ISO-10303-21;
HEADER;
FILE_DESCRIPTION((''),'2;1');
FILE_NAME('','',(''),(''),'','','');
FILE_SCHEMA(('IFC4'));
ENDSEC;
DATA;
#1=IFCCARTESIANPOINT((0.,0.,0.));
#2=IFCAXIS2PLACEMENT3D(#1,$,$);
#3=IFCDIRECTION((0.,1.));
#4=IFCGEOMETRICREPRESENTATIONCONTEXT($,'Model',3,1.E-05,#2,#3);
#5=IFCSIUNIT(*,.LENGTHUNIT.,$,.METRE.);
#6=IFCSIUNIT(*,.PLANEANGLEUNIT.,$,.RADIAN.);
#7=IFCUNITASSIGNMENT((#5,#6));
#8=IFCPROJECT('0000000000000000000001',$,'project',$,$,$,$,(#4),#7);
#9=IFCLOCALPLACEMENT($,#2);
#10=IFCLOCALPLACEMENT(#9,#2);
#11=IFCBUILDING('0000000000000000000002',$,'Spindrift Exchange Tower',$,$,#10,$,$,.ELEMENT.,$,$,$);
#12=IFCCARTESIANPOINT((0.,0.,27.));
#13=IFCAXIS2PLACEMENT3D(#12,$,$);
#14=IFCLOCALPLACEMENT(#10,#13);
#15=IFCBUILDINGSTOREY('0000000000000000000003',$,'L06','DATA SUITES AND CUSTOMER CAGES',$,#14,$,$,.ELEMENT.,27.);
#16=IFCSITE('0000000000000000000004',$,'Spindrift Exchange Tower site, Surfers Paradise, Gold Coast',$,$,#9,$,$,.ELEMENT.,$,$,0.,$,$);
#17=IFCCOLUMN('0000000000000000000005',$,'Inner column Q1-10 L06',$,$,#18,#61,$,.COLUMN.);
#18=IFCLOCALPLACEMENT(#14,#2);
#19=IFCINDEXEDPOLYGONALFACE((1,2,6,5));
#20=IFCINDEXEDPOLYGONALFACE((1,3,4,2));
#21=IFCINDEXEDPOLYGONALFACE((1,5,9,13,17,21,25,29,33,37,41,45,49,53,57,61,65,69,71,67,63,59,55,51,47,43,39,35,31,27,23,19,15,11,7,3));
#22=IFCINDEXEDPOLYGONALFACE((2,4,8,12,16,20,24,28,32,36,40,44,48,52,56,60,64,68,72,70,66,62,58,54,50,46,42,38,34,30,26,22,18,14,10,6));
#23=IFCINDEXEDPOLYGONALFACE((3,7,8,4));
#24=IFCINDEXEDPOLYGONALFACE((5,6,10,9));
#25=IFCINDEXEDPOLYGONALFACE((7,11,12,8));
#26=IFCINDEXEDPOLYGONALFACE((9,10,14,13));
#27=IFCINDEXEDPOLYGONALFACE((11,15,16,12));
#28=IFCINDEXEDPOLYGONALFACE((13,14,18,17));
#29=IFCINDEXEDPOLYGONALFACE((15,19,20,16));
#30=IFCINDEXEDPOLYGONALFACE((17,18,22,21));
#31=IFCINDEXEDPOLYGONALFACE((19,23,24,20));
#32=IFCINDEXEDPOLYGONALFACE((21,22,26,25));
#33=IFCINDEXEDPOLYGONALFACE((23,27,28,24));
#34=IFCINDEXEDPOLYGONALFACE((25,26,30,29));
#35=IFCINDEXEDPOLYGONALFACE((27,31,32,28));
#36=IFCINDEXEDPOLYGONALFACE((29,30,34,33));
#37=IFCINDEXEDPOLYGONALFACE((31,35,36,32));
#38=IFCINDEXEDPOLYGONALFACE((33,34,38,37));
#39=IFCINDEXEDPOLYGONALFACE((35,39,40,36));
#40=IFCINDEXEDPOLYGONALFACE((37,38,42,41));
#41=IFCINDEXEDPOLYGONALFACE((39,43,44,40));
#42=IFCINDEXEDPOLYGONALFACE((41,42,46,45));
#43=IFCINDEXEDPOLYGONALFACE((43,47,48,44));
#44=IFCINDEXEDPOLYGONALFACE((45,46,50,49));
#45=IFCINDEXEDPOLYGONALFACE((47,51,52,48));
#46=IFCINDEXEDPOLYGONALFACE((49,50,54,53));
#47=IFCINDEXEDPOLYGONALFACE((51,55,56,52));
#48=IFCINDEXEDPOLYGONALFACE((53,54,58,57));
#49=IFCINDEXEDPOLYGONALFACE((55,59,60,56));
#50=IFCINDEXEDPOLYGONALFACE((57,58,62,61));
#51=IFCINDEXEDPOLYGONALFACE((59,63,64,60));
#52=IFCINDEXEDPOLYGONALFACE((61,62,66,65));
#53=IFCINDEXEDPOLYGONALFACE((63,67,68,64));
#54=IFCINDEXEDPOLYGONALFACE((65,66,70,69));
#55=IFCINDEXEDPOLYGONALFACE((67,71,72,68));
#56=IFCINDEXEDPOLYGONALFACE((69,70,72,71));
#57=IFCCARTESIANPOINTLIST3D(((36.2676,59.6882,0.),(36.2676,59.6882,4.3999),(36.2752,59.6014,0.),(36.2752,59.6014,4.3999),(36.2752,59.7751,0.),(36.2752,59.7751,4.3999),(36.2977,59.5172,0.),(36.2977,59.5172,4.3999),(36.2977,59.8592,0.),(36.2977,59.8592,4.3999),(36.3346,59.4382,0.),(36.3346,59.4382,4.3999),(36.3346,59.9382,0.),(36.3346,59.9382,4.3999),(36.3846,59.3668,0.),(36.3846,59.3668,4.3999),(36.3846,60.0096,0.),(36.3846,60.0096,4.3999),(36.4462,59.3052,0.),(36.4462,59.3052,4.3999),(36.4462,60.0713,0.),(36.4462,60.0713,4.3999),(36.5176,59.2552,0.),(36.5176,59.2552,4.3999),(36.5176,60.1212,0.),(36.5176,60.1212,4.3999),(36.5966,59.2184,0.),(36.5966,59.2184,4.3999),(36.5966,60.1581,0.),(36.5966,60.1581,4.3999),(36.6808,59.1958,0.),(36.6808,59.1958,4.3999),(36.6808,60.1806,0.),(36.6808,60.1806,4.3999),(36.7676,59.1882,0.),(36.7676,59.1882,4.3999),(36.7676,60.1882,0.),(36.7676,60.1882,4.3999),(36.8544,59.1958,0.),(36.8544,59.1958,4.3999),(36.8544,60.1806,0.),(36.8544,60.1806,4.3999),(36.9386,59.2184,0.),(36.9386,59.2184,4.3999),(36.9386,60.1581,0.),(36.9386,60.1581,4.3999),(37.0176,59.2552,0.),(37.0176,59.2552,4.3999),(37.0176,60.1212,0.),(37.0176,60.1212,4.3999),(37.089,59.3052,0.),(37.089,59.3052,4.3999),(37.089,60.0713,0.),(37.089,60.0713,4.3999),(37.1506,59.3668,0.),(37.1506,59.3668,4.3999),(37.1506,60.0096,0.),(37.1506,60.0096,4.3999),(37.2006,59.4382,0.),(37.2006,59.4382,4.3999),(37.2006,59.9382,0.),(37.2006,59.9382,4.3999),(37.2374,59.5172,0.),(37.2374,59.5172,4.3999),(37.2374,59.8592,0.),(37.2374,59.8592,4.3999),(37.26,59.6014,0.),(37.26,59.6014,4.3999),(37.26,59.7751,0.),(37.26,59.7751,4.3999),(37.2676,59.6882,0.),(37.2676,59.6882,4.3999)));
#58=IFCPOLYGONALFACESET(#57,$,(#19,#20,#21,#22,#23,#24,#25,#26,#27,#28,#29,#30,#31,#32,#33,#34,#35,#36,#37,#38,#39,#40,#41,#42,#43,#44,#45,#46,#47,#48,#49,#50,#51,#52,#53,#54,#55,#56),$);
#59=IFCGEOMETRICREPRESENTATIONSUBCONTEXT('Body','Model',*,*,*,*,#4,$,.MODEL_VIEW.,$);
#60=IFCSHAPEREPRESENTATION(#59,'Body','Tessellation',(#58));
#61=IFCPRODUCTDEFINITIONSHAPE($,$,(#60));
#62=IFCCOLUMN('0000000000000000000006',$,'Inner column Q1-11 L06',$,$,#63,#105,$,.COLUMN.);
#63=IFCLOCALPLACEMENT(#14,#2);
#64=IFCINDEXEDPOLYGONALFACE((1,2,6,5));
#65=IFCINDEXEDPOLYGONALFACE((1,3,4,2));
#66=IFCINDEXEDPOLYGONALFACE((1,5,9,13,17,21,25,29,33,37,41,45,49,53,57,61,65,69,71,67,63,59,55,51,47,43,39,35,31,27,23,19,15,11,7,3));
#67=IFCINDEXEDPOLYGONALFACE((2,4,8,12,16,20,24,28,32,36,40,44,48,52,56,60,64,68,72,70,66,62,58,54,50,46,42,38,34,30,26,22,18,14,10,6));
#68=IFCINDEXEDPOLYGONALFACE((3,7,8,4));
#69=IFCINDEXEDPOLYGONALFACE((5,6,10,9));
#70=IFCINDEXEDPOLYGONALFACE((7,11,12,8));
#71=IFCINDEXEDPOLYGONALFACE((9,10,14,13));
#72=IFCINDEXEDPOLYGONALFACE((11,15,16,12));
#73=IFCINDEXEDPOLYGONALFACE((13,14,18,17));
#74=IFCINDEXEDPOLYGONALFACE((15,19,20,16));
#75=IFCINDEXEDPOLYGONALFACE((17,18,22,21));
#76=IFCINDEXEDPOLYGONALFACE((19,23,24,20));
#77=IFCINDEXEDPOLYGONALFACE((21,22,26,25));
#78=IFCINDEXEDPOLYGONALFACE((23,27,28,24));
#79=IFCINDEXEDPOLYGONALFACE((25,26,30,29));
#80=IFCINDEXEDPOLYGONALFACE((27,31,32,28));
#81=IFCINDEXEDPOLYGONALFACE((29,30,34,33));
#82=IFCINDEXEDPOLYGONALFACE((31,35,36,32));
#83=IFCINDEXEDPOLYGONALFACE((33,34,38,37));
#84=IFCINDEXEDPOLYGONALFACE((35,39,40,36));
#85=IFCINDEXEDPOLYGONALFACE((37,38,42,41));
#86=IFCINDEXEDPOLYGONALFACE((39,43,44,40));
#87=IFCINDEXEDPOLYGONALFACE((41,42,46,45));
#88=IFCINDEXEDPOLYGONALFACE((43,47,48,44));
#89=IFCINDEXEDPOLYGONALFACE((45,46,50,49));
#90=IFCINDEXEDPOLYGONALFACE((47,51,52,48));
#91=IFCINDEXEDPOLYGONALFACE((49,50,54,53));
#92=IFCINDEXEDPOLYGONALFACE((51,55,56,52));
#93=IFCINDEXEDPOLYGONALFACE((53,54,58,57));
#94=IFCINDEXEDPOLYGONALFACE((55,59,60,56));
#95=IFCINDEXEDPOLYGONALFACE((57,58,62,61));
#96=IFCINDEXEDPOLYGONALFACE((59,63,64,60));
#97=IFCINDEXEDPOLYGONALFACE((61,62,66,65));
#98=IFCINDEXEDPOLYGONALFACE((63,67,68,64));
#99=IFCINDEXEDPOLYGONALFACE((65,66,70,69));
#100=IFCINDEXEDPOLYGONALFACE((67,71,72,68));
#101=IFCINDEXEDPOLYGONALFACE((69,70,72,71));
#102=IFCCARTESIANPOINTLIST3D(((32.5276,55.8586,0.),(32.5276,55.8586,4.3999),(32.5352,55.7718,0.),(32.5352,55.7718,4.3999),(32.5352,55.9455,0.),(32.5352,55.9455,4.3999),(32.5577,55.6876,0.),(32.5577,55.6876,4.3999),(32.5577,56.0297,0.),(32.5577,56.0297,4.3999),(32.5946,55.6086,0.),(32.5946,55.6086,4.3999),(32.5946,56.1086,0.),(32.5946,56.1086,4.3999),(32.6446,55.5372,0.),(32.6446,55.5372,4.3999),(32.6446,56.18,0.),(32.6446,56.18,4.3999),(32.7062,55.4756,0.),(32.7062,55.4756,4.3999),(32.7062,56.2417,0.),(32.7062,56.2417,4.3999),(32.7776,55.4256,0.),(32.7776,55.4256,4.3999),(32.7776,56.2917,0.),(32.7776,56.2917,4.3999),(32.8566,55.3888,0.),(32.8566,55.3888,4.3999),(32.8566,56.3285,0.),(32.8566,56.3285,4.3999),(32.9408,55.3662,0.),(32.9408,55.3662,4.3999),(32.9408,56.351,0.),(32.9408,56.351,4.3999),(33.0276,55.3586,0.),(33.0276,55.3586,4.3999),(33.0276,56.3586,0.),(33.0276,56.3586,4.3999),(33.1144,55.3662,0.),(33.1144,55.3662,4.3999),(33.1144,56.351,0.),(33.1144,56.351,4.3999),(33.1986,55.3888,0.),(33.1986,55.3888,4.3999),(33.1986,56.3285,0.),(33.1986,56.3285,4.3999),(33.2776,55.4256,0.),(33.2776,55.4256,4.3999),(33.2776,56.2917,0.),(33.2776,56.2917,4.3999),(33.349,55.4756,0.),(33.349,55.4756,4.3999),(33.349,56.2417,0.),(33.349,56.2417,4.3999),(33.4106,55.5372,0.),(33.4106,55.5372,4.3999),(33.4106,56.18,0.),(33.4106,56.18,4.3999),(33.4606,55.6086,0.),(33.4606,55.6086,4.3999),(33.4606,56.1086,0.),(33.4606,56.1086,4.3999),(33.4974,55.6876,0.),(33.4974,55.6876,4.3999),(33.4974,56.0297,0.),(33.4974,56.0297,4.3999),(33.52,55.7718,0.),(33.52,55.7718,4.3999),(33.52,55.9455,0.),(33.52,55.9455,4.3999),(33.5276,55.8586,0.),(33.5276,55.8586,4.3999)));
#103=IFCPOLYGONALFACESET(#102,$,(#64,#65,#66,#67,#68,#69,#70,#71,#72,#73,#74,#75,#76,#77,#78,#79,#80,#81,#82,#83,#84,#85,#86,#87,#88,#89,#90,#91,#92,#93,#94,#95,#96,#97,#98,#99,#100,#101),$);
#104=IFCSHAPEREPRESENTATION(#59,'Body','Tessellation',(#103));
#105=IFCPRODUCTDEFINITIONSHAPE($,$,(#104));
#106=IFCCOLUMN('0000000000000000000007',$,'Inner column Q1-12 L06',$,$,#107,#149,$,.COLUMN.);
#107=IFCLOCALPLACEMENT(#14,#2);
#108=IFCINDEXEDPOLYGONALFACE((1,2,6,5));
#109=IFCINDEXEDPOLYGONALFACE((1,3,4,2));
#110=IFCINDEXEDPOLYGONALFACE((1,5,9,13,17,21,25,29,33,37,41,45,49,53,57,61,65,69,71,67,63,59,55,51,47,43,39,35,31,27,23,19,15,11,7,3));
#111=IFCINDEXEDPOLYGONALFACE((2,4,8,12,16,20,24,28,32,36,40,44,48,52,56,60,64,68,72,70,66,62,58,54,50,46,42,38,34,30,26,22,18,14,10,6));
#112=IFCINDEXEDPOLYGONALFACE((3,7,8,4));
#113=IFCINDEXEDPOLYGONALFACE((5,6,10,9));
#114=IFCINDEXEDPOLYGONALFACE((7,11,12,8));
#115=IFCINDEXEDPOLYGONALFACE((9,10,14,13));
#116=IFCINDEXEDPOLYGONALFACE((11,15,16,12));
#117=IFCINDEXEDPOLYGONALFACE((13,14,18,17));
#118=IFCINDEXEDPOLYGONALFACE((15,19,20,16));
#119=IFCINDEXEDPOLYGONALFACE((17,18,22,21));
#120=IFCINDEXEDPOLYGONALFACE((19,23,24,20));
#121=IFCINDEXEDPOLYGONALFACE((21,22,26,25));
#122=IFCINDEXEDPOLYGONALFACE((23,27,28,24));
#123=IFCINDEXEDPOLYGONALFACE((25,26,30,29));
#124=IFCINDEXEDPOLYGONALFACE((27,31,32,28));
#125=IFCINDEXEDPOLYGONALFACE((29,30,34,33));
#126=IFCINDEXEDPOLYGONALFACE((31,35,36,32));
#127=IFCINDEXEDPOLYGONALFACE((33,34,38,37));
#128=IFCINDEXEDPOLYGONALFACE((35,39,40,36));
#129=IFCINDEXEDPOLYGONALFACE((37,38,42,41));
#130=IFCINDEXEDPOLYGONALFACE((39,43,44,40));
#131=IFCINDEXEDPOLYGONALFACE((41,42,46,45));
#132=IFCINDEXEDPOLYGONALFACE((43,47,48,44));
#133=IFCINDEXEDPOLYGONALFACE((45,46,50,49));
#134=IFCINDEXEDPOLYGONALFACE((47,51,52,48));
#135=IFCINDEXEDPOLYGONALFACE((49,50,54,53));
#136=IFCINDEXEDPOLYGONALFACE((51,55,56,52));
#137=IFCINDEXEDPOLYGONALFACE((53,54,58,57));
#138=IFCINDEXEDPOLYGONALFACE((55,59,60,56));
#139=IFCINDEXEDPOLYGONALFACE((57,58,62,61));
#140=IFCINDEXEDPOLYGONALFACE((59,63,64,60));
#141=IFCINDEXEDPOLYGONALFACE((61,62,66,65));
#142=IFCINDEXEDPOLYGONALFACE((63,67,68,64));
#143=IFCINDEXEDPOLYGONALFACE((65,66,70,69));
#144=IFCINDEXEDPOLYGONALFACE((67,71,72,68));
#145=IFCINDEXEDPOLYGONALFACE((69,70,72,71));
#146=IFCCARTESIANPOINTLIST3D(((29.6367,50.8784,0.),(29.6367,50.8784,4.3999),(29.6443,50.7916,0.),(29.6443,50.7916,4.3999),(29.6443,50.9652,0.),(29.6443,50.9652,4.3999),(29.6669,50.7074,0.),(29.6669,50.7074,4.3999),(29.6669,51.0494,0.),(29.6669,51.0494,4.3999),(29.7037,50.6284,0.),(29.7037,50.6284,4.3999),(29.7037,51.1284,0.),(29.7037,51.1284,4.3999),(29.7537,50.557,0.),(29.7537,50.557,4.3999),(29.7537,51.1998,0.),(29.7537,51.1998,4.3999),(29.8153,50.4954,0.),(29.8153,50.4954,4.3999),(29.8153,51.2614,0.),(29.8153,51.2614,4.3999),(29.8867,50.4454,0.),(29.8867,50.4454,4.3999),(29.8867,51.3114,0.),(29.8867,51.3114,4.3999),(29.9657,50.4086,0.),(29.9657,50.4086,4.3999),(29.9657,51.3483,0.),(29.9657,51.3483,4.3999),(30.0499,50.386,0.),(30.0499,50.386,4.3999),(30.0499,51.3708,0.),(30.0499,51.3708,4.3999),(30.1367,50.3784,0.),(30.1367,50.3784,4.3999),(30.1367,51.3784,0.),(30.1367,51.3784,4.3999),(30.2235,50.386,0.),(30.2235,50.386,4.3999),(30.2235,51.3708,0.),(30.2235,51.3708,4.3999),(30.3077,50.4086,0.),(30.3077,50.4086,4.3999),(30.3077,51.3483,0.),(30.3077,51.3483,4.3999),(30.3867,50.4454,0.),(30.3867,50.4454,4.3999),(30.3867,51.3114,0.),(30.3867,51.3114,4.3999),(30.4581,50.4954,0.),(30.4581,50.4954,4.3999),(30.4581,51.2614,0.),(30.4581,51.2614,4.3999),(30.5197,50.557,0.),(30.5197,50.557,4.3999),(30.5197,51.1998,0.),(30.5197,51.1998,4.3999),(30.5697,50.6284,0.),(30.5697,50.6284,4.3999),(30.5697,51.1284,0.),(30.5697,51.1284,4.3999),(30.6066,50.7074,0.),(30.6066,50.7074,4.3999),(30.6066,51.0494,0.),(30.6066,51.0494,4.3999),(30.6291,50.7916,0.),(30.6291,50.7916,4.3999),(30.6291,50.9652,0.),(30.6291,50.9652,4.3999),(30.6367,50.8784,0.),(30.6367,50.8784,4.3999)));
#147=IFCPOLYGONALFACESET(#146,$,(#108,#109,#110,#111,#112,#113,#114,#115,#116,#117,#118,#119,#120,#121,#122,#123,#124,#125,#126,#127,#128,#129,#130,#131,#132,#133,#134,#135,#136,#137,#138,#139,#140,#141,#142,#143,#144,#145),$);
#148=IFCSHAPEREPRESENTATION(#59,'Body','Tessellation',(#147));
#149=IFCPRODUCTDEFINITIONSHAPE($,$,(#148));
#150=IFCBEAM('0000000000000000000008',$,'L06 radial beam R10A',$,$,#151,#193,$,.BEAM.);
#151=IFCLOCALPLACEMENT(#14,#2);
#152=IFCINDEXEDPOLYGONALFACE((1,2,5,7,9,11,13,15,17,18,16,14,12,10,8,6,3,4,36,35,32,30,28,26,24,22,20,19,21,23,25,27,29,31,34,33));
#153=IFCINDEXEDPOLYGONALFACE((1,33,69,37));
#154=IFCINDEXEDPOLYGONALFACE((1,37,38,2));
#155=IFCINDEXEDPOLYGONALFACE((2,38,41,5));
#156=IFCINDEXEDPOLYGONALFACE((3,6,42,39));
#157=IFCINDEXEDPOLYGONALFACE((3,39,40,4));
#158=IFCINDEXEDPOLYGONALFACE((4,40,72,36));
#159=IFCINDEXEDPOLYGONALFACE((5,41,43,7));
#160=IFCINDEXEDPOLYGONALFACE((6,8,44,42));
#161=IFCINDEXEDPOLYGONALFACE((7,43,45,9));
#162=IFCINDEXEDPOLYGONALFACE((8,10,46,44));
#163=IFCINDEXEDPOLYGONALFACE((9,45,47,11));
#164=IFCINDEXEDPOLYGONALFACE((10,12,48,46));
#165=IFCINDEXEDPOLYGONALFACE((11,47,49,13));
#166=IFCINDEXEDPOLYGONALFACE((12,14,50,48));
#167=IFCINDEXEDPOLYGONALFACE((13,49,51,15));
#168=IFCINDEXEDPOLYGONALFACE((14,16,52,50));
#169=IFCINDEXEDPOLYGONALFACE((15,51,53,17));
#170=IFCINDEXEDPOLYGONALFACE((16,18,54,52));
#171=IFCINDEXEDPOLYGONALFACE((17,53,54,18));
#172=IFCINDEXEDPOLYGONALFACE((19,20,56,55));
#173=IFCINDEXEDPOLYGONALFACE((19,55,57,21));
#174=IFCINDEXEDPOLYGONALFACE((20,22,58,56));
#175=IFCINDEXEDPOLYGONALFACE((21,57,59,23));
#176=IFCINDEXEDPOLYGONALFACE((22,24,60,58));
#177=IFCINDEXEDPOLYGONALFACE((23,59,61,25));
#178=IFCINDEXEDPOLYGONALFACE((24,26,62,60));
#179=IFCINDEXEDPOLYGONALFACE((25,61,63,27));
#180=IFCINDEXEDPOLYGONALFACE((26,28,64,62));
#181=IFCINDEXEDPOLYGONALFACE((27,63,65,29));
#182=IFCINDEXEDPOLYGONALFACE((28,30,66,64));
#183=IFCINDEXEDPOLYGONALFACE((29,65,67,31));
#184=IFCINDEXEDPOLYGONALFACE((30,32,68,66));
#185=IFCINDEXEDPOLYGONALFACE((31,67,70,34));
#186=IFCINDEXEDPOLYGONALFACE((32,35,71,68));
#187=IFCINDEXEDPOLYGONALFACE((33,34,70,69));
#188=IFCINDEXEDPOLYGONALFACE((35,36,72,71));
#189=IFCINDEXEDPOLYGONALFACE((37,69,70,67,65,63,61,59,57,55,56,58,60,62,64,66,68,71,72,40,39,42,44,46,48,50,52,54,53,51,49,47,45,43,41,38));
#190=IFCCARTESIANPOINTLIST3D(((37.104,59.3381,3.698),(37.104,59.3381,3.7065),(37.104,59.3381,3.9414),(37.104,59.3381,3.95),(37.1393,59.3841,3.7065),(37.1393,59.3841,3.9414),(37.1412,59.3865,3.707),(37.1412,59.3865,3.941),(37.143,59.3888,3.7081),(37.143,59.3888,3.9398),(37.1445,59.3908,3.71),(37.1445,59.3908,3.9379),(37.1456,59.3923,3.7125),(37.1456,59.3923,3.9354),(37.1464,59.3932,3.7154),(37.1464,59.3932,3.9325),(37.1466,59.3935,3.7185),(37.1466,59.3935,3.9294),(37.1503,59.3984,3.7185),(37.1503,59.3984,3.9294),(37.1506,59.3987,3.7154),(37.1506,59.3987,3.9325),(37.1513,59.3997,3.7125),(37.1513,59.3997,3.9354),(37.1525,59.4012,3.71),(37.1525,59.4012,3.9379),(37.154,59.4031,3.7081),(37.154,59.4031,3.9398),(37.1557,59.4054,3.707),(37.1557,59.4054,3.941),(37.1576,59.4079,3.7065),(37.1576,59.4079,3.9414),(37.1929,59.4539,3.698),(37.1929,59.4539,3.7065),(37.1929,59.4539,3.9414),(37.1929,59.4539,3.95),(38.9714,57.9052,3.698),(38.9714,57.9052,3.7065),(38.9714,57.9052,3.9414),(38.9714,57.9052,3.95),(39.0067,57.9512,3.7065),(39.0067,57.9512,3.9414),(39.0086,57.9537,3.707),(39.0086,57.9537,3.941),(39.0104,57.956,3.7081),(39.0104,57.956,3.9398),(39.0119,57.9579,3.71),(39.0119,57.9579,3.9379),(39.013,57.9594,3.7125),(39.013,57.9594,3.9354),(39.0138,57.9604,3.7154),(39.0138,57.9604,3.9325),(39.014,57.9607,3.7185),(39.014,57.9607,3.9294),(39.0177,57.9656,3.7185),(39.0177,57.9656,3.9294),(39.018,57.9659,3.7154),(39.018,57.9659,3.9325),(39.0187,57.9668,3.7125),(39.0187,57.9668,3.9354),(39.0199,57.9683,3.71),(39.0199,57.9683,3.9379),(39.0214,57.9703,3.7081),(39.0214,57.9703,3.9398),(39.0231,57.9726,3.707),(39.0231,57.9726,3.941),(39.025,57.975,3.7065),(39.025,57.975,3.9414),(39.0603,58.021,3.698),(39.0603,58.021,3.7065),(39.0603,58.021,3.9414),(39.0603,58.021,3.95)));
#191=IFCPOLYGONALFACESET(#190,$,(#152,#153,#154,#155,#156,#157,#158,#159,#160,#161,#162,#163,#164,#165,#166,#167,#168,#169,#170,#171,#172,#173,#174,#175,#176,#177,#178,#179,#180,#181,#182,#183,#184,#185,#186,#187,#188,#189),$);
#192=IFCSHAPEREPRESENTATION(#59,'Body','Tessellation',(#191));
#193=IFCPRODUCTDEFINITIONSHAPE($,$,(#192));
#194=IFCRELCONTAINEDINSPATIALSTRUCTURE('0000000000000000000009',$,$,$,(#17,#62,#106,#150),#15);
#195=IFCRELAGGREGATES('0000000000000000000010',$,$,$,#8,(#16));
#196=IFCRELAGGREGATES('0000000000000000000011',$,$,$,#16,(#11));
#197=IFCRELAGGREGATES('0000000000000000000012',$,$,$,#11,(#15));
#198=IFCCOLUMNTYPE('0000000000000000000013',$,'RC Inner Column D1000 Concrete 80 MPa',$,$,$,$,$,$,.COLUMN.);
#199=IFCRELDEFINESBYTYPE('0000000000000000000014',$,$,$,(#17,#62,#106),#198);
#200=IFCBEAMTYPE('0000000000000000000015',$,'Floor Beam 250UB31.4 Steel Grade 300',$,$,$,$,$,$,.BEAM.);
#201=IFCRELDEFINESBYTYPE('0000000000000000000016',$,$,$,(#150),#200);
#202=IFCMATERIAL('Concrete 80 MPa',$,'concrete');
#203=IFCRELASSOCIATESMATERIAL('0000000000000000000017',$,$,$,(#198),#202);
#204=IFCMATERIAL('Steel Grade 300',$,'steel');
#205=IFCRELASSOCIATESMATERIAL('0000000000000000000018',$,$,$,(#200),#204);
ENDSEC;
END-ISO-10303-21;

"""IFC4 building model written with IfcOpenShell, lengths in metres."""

from ifc_helpers import new_model, si_unit, direction, frame, origin, origin_2d, place, context, subcontext, project, spatial, circle, i_section, extrude, source, transform, mapped, material, material_profile, profile_set, type_object, element, save


model = new_model("IFC4")

# Units and contexts
model_context = context("Model", 3, precision=1e-05, world=origin(), true_north=direction((0.0, 1.0)))
body_context = subcontext(model_context, "Body", "Model", "MODEL_VIEW")
ifc_project = project(units=[si_unit("LENGTHUNIT", "METRE"), si_unit("PLANEANGLEUNIT", "RADIAN")], contexts=[model_context])

# Site, building, storey
site_placement = place(None, origin())
site = spatial("IfcSite", under=ifc_project, at=site_placement, Name="Spindrift Exchange Tower site, Surfers Paradise, Gold Coast", CompositionType="ELEMENT", RefElevation=0.0)
building_placement = place(site_placement, origin())
building = spatial("IfcBuilding", under=site, at=building_placement, Name="Spindrift Exchange Tower", CompositionType="ELEMENT")
storey_placement = place(building_placement, frame((0.0, 0.0, 27.0)))
storey = spatial("IfcBuildingStorey", under=building, at=storey_placement, Name="L06", Description="DATA SUITES AND CUSTOMER CAGES", CompositionType="ELEMENT", Elevation=27.0)

# Columns
ifc_material_1 = material(Name="Concrete 80 MPa", Category="concrete")
ifc_material_profile_1 = material_profile(ifc_material_1, circle(Radius=0.5, at=origin_2d()), Name="RC D1000")
ifc_profile_set_1 = profile_set([ifc_material_profile_1], Name="Concrete 80 MPa")
column_type = type_object("IfcColumnType", Name="RC Inner Column D1000 Concrete 80 MPa", PredefinedType="COLUMN", material=ifc_profile_set_1)
shared_shape_1 = source(origin(), body_context, "Body", "SweptSolid", [
    extrude(circle(Radius=0.5, at=origin_2d()), origin(), (0.0, 0.0, 1.0), 4.3999),
])
for number, where, z_axis, x_axis, name in (
    (1, (36.7676, 59.6882, 0.0), (0.0, 0.0, 1.0), (1.0, 0.0, 0.0), "Inner column Q1-10 L06"),
    (2, (33.0276, 55.8586, 0.0), (0.0, 0.0, 1.0), (1.0, 0.0, 0.0), "Inner column Q1-11 L06"),
    (3, (30.1367, 50.8784, 0.0), (0.0, 0.0, 1.0), (1.0, 0.0, 0.0), "Inner column Q1-12 L06"),
):
    element("IfcColumn", number, at=place(storey_placement, frame(where, z_axis=z_axis, x_axis=x_axis)), inside=storey, type_object=column_type, Name=name, PredefinedType="COLUMN", context=body_context, shape_type="MappedRepresentation", body=[
        mapped(shared_shape_1, transform((0.0, 0.0, 0.0), scale=1.0)),
    ])

# Beam
ifc_material_2 = material(Name="Steel Grade 300", Category="steel")
ifc_material_profile_2 = material_profile(ifc_material_2, i_section(OverallWidth=0.146, OverallDepth=0.252, WebThickness=0.0061, FlangeThickness=0.0085, FilletRadius=0.012, at=origin_2d()), Name="250UB31.4")
ifc_profile_set_2 = profile_set([ifc_material_profile_2], Name="Steel Grade 300")
beam_type_1 = type_object("IfcBeamType", Name="Floor Beam 250UB31.4 Steel Grade 300", PredefinedType="BEAM", material=ifc_profile_set_2)
shared_shape_2 = source(origin(), body_context, "Body", "SweptSolid", [
    extrude(i_section(OverallWidth=0.146, OverallDepth=0.252, WebThickness=0.0061, FlangeThickness=0.0085, FilletRadius=0.012, at=origin_2d()), origin(), (0.0, 0.0, 1.0), 2.3538),
])
beam_1_placement = place(storey_placement, frame((39.0159, 57.9631, 3.824), z_axis=(-0.793368, 0.608743, 0.0), x_axis=(-0.608743, -0.793368, 0.0)))
element("IfcBeam", 4, at=beam_1_placement, inside=storey, type_object=beam_type_1, Name="L06 radial beam R10A", PredefinedType="BEAM", context=body_context, shape_type="MappedRepresentation", body=[
    mapped(shared_shape_2, transform((0.0, 0.0, 0.0), scale=1.0)),
])

save(model, "model.ifc")
